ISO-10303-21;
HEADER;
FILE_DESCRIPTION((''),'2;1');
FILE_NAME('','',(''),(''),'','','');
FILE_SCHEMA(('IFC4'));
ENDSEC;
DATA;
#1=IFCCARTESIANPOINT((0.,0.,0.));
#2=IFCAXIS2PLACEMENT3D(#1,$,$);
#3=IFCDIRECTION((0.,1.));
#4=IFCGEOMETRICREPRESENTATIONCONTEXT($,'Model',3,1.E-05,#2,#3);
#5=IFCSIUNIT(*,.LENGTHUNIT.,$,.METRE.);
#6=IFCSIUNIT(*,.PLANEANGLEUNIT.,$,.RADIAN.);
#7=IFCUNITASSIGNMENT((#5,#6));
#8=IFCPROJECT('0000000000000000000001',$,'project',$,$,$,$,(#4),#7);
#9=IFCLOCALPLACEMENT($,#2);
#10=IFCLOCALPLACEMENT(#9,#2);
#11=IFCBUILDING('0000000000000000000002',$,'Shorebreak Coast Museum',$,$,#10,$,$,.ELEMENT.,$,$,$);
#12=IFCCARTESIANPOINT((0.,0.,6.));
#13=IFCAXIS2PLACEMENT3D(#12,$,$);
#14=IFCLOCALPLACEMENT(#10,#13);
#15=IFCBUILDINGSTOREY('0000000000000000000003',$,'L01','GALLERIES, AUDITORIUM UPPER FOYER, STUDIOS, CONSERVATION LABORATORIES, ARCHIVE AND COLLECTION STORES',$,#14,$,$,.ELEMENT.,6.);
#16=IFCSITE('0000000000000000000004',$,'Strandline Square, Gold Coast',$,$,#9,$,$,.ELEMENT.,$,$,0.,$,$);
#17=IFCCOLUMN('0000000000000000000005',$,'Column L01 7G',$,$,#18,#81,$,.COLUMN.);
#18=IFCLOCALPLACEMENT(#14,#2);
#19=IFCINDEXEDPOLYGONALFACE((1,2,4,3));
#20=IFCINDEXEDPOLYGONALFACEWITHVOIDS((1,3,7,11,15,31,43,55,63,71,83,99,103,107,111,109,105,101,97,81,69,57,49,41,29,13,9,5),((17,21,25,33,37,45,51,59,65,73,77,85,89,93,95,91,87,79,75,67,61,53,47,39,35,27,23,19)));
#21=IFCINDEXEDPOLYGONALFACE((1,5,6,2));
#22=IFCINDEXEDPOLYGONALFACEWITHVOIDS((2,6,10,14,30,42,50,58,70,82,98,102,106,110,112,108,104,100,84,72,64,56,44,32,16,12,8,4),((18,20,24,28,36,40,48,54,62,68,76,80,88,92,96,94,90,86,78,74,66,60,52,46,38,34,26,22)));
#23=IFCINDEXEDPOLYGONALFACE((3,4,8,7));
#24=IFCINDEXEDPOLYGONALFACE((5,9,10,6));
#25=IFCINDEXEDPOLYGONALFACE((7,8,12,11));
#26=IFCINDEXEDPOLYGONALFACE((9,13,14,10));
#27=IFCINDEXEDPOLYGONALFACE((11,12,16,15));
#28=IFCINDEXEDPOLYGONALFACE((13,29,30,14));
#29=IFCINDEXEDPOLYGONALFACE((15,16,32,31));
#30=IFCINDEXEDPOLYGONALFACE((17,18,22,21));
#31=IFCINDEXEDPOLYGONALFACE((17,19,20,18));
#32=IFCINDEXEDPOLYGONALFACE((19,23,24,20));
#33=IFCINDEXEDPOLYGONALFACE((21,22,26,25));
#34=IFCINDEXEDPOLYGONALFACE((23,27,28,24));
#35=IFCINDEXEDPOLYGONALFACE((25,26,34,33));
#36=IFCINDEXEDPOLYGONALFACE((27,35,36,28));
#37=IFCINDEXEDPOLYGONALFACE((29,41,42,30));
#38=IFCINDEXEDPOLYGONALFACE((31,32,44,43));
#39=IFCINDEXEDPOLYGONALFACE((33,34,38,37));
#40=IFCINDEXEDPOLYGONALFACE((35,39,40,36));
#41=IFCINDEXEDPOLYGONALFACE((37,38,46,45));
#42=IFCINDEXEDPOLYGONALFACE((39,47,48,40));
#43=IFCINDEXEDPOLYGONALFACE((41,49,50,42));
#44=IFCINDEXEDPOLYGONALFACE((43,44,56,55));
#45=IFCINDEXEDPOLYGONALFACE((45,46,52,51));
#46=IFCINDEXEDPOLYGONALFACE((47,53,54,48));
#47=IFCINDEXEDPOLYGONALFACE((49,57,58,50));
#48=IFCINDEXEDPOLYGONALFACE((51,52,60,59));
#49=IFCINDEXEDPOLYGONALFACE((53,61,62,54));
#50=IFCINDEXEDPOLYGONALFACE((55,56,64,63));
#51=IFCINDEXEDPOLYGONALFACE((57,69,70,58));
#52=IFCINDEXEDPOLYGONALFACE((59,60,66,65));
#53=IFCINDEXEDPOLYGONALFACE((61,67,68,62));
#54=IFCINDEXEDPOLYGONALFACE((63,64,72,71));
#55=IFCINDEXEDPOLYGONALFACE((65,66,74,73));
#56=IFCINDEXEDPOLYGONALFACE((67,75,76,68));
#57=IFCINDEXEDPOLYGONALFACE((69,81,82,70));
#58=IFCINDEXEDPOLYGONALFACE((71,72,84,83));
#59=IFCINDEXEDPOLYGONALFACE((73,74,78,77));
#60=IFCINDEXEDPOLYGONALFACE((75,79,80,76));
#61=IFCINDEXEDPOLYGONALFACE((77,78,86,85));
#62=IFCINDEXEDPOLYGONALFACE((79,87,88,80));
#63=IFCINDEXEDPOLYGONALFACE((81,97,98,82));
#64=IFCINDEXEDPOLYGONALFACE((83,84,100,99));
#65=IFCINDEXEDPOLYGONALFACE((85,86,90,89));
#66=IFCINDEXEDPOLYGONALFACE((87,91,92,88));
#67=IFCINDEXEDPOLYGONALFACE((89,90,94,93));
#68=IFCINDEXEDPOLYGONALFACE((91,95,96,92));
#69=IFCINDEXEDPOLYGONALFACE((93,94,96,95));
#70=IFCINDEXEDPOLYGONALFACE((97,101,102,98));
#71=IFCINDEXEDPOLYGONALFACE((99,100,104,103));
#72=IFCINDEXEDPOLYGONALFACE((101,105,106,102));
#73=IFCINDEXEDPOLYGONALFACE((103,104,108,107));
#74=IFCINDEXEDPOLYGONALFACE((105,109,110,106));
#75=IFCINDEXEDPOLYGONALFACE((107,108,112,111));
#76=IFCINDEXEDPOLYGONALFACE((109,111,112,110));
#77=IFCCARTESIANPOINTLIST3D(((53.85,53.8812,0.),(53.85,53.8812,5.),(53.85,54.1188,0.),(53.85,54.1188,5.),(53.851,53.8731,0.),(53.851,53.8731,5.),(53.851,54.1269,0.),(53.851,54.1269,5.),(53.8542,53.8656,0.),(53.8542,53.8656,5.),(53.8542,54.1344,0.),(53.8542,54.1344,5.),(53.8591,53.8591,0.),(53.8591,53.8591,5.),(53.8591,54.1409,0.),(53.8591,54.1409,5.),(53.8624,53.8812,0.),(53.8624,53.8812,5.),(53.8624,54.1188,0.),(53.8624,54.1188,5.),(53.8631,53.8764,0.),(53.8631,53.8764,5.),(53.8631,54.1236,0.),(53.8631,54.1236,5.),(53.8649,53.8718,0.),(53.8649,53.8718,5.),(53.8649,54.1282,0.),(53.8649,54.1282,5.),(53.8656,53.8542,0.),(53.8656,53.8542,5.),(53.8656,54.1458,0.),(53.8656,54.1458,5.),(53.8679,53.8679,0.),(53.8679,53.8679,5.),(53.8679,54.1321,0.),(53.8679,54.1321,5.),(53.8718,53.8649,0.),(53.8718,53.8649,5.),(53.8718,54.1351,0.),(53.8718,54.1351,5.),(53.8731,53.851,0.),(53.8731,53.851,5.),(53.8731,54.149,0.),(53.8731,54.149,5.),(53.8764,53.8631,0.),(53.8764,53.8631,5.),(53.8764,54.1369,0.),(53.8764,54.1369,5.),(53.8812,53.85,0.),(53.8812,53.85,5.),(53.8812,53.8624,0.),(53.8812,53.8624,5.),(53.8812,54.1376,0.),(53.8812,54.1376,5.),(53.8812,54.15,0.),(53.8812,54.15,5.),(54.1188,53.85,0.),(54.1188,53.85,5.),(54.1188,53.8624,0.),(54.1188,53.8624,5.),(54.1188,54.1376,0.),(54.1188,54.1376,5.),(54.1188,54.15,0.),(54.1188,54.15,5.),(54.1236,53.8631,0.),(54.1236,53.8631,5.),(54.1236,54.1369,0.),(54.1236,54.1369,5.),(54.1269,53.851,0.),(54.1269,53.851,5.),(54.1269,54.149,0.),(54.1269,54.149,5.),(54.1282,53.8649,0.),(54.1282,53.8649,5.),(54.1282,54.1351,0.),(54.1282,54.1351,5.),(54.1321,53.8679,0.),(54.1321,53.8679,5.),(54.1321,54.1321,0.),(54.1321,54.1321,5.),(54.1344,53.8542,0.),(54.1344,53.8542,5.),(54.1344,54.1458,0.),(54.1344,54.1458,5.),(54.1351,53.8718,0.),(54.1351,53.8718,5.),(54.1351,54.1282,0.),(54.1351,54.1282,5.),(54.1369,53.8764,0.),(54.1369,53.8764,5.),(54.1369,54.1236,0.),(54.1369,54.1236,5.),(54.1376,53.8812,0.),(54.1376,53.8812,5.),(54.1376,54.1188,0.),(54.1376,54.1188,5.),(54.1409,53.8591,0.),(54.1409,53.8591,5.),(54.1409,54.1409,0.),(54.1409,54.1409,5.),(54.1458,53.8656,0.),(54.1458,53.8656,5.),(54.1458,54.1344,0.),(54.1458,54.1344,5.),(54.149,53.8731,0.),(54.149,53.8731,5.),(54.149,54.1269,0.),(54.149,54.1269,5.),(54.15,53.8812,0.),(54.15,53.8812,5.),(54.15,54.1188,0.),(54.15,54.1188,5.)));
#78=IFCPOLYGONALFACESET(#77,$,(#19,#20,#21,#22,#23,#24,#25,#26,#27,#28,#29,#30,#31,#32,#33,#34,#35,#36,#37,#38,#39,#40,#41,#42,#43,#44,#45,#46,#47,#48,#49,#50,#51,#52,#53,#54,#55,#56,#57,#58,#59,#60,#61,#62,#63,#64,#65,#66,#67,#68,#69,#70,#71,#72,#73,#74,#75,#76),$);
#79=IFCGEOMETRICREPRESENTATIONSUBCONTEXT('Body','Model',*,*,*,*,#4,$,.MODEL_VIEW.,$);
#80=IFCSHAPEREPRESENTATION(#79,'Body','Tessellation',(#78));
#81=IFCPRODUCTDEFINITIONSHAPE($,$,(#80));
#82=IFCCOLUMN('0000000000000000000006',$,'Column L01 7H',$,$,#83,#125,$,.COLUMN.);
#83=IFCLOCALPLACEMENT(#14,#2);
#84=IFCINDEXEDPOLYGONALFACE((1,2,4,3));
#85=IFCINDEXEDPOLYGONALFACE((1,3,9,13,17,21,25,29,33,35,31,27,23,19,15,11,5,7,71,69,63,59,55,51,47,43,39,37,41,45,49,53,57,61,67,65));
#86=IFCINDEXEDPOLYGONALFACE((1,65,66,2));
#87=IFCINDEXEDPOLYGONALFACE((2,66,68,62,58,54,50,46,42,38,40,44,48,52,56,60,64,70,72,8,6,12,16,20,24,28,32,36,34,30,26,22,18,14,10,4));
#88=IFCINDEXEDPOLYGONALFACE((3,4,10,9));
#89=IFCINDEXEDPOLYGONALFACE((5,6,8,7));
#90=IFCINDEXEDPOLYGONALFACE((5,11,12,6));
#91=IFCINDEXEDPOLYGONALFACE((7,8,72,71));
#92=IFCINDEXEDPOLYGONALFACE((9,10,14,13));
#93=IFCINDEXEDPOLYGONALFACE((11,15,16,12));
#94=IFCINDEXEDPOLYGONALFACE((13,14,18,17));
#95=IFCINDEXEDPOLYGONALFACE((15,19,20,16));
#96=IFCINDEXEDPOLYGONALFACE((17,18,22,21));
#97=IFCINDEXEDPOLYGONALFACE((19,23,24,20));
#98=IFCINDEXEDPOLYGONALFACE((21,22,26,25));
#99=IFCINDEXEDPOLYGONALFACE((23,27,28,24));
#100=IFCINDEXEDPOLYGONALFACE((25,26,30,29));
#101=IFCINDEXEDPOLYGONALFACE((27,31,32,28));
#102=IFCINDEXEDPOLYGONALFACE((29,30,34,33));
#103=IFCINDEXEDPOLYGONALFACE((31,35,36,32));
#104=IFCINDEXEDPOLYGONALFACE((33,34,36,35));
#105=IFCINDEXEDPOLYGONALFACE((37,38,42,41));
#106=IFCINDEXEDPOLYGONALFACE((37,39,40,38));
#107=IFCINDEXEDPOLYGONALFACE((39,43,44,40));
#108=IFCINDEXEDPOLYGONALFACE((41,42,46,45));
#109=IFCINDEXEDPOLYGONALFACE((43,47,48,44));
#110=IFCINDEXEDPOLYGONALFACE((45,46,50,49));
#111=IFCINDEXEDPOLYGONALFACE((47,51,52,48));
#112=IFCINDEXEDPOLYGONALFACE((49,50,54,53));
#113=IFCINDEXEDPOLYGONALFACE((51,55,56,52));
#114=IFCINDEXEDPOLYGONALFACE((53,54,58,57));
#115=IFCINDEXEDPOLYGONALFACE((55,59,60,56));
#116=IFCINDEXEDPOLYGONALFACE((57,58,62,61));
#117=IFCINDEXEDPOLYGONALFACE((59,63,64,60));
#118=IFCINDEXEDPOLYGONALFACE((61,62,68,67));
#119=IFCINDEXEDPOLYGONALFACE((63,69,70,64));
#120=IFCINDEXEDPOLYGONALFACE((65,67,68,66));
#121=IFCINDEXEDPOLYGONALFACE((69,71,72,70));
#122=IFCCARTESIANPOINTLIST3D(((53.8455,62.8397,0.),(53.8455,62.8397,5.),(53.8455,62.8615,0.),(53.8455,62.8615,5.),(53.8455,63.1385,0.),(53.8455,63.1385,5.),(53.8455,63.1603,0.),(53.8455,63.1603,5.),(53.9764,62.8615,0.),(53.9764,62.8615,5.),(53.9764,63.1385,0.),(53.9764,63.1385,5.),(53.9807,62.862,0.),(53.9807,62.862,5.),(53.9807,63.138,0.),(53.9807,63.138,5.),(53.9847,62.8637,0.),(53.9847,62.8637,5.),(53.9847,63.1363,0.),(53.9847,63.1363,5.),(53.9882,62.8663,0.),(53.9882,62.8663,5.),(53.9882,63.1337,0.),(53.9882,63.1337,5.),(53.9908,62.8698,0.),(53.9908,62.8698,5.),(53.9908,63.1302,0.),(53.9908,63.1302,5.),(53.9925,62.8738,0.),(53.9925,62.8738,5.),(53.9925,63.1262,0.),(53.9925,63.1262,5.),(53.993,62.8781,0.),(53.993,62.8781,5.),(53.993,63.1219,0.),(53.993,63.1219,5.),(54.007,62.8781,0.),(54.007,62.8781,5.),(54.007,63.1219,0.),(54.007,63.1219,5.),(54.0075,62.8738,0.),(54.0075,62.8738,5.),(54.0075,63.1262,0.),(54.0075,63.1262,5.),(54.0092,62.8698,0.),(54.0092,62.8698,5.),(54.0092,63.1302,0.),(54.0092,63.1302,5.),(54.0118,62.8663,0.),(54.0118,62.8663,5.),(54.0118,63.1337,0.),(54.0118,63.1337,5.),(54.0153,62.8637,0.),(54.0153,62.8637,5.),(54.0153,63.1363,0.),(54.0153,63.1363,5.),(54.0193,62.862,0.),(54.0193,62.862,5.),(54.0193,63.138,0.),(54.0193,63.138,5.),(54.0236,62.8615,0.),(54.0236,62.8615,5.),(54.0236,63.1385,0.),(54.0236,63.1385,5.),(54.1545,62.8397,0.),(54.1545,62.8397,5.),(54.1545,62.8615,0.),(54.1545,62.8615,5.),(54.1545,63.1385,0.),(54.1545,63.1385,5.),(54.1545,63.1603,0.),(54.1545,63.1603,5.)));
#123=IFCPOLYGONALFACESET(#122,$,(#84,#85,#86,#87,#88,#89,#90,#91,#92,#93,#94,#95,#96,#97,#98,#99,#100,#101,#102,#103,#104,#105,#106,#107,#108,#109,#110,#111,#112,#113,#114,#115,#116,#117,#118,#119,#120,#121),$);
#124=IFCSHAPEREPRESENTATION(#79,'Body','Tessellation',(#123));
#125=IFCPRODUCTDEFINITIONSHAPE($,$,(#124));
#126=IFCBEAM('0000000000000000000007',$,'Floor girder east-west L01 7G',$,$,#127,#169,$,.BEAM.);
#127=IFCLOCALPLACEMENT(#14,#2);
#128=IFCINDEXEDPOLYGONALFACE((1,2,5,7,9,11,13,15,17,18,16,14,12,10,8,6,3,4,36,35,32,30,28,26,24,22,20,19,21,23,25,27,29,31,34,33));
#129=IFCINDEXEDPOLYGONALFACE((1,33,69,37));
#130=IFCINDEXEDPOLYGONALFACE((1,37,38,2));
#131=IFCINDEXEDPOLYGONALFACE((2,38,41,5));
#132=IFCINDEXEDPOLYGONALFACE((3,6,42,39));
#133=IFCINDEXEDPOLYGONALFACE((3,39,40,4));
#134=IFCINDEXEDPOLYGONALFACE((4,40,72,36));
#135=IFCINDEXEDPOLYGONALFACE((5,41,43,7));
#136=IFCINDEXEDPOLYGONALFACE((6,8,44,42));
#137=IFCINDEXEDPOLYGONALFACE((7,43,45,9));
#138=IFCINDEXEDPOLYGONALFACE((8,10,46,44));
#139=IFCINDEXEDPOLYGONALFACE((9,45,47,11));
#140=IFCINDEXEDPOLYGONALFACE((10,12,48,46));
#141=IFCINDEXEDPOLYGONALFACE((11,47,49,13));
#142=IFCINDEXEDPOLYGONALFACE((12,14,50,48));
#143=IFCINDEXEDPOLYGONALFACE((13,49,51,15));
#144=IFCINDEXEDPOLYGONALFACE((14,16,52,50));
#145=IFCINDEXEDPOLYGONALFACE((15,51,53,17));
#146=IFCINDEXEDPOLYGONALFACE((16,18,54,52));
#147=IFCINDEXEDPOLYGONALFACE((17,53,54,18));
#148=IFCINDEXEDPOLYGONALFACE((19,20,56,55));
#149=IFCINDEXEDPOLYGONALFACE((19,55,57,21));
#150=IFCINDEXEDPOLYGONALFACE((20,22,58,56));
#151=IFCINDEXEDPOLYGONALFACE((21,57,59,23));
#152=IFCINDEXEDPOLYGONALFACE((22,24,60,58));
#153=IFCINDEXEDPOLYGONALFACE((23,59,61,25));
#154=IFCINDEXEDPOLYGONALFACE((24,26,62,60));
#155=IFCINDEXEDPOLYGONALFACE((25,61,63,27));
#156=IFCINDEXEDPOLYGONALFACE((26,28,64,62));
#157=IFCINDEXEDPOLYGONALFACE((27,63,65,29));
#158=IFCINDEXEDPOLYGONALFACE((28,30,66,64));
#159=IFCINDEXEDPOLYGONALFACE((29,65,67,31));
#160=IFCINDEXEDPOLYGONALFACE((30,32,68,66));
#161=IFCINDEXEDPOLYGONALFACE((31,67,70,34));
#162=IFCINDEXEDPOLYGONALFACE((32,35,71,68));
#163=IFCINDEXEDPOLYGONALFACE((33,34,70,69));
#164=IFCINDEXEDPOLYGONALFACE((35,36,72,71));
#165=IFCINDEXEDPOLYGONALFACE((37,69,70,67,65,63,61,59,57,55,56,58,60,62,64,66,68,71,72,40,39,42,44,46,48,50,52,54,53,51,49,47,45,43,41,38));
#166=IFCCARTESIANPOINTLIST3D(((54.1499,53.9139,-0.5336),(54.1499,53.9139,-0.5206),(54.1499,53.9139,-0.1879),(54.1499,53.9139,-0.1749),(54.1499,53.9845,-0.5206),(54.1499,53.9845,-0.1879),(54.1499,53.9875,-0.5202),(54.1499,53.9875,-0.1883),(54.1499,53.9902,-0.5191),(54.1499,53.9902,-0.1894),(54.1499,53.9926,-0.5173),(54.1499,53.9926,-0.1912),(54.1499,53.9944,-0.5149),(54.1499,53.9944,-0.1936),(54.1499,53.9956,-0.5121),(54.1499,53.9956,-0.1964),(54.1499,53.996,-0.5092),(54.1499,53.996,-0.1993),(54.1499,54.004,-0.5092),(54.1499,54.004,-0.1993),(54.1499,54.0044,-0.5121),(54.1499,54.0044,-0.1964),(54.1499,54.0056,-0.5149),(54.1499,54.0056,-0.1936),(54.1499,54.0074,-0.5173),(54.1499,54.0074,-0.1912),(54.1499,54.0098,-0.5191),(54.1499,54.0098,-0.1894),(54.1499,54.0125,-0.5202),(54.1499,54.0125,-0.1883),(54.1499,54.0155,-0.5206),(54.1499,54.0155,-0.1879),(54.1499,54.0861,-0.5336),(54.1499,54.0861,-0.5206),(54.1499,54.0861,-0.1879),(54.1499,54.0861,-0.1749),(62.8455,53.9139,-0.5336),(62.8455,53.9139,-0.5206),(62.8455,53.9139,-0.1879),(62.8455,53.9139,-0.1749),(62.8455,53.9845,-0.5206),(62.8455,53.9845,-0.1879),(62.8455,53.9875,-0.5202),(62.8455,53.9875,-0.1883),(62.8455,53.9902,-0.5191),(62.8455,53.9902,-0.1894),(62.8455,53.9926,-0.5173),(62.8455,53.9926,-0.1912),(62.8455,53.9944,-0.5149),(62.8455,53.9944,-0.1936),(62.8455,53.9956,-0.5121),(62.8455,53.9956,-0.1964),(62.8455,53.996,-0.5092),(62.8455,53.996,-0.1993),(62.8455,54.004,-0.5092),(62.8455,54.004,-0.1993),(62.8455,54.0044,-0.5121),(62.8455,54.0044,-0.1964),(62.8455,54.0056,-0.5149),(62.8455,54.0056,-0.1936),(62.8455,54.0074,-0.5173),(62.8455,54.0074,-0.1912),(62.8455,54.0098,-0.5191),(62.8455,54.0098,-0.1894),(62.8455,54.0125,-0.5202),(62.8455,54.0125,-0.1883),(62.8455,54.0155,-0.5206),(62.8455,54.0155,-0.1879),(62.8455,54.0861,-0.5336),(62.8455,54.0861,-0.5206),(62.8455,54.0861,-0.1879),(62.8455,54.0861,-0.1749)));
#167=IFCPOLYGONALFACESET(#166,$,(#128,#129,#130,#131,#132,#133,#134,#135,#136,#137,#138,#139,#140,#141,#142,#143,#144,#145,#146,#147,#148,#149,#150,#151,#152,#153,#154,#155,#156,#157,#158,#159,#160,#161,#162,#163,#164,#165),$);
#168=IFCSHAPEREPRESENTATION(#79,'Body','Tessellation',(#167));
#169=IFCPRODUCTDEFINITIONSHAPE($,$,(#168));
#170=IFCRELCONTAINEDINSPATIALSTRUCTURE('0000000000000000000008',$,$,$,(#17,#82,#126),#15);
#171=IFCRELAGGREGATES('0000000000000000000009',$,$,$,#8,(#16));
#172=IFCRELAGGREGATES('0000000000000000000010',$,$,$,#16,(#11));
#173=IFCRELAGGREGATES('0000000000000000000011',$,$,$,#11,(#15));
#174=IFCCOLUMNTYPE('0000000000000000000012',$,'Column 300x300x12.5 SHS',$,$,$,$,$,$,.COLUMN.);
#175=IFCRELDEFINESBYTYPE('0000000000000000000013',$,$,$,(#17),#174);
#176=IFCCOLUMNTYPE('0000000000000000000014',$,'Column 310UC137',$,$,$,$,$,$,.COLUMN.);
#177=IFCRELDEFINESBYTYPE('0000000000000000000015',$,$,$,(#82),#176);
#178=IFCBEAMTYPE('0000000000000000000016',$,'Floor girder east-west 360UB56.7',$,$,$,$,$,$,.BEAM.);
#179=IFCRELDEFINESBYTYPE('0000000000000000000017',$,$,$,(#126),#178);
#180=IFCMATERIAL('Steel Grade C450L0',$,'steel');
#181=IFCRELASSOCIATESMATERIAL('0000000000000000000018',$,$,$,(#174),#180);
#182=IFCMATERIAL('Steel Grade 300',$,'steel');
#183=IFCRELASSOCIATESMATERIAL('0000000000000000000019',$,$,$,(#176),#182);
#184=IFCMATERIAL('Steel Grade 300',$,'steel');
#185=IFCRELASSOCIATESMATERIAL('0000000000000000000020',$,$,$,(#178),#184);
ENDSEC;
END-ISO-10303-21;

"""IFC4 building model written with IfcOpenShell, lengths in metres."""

from ifc_helpers import new_model, si_unit, direction, frame, origin, origin_2d, place, context, subcontext, project, spatial, hollow_rectangle, i_section, extrude, material, material_profile, profile_set, type_object, element, save


model = new_model("IFC4")

# Units and contexts
model_context = context("Model", 3, precision=1e-05, world=origin(), true_north=direction((0.0, 1.0)))
body_context = subcontext(model_context, "Body", "Model", "MODEL_VIEW")
ifc_project = project(units=[si_unit("LENGTHUNIT", "METRE"), si_unit("PLANEANGLEUNIT", "RADIAN")], contexts=[model_context])

# Site, building, storey
site_placement = place(None, origin())
site = spatial("IfcSite", under=ifc_project, at=site_placement, Name="Strandline Square, Gold Coast", CompositionType="ELEMENT", RefElevation=0.0)
building_placement = place(site_placement, origin())
building = spatial("IfcBuilding", under=site, at=building_placement, Name="Shorebreak Coast Museum", CompositionType="ELEMENT")
storey_placement = place(building_placement, frame((0.0, 0.0, 6.0)))
storey = spatial("IfcBuildingStorey", under=building, at=storey_placement, Name="L01", Description="GALLERIES, AUDITORIUM UPPER FOYER, STUDIOS, CONSERVATION LABORATORIES, ARCHIVE AND COLLECTION STORES", CompositionType="ELEMENT", Elevation=6.0)

# Columns
ifc_material_1 = material(Name="Steel Grade C450L0", Category="steel")
ifc_material_profile_1 = material_profile(ifc_material_1, hollow_rectangle(XDim=0.3, YDim=0.3, WallThickness=0.0125, InnerFilletRadius=0.0188, OuterFilletRadius=0.0312, at=origin_2d()), Name="300x300x12.5 SHS")
ifc_profile_set_1 = profile_set([ifc_material_profile_1], Name="Steel Grade C450L0")
column_type_1 = type_object("IfcColumnType", Name="Column 300x300x12.5 SHS", PredefinedType="COLUMN", material=ifc_profile_set_1)
column_1_placement = place(storey_placement, frame((54.0, 54.0, 0.0), z_axis=(0.0, 0.0, 1.0), x_axis=(1.0, 0.0, 0.0)))
element("IfcColumn", 1, at=column_1_placement, inside=storey, type_object=column_type_1, Name="Column L01 7G", PredefinedType="COLUMN", context=body_context, shape_type="SweptSolid", body=[
    extrude(hollow_rectangle(XDim=0.3, YDim=0.3, WallThickness=0.0125, InnerFilletRadius=0.0188, OuterFilletRadius=0.0312, at=origin_2d()), origin(), (0.0, 0.0, 1.0), 5.0),
])
ifc_material_2 = material(Name="Steel Grade 300", Category="steel")
ifc_material_profile_2 = material_profile(ifc_material_2, i_section(OverallWidth=0.3091, OverallDepth=0.3206, WebThickness=0.0139, FlangeThickness=0.0217, FilletRadius=0.0166, at=origin_2d()), Name="310UC137")
ifc_profile_set_2 = profile_set([ifc_material_profile_2], Name="Steel Grade 300")
column_type_2 = type_object("IfcColumnType", Name="Column 310UC137", PredefinedType="COLUMN", material=ifc_profile_set_2)
column_2_placement = place(storey_placement, frame((54.0, 63.0, 0.0), z_axis=(0.0, 0.0, 1.0), x_axis=(1.0, 0.0, 0.0)))
element("IfcColumn", 2, at=column_2_placement, inside=storey, type_object=column_type_2, Name="Column L01 7H", PredefinedType="COLUMN", context=body_context, shape_type="SweptSolid", body=[
    extrude(i_section(OverallWidth=0.3091, OverallDepth=0.3206, WebThickness=0.0139, FlangeThickness=0.0217, FilletRadius=0.0166, at=origin_2d()), origin(), (0.0, 0.0, 1.0), 5.0),
])

# Beam
ifc_material_3 = material(Name="Steel Grade 300", Category="steel")
ifc_material_profile_3 = material_profile(ifc_material_3, i_section(OverallWidth=0.1721, OverallDepth=0.3586, WebThickness=0.0081, FlangeThickness=0.0129, FilletRadius=0.0115, at=origin_2d()), Name="360UB56.7")
ifc_profile_set_3 = profile_set([ifc_material_profile_3], Name="Steel Grade 300")
beam_type_1 = type_object("IfcBeamType", Name="Floor girder east-west 360UB56.7", PredefinedType="BEAM", material=ifc_profile_set_3)
beam_1_placement = place(storey_placement, frame((54.1499, 54.0, -0.3542), z_axis=(1.0, 0.0, 0.0), x_axis=(0.0, 1.0, 0.0)))
element("IfcBeam", 3, at=beam_1_placement, inside=storey, type_object=beam_type_1, Name="Floor girder east-west L01 7G", PredefinedType="BEAM", context=body_context, shape_type="SweptSolid", body=[
    extrude(i_section(OverallWidth=0.1721, OverallDepth=0.3586, WebThickness=0.0081, FlangeThickness=0.0129, FilletRadius=0.0115, at=origin_2d()), origin(), (0.0, 0.0, 1.0), 8.6956),
])

save(model, "model.ifc")
